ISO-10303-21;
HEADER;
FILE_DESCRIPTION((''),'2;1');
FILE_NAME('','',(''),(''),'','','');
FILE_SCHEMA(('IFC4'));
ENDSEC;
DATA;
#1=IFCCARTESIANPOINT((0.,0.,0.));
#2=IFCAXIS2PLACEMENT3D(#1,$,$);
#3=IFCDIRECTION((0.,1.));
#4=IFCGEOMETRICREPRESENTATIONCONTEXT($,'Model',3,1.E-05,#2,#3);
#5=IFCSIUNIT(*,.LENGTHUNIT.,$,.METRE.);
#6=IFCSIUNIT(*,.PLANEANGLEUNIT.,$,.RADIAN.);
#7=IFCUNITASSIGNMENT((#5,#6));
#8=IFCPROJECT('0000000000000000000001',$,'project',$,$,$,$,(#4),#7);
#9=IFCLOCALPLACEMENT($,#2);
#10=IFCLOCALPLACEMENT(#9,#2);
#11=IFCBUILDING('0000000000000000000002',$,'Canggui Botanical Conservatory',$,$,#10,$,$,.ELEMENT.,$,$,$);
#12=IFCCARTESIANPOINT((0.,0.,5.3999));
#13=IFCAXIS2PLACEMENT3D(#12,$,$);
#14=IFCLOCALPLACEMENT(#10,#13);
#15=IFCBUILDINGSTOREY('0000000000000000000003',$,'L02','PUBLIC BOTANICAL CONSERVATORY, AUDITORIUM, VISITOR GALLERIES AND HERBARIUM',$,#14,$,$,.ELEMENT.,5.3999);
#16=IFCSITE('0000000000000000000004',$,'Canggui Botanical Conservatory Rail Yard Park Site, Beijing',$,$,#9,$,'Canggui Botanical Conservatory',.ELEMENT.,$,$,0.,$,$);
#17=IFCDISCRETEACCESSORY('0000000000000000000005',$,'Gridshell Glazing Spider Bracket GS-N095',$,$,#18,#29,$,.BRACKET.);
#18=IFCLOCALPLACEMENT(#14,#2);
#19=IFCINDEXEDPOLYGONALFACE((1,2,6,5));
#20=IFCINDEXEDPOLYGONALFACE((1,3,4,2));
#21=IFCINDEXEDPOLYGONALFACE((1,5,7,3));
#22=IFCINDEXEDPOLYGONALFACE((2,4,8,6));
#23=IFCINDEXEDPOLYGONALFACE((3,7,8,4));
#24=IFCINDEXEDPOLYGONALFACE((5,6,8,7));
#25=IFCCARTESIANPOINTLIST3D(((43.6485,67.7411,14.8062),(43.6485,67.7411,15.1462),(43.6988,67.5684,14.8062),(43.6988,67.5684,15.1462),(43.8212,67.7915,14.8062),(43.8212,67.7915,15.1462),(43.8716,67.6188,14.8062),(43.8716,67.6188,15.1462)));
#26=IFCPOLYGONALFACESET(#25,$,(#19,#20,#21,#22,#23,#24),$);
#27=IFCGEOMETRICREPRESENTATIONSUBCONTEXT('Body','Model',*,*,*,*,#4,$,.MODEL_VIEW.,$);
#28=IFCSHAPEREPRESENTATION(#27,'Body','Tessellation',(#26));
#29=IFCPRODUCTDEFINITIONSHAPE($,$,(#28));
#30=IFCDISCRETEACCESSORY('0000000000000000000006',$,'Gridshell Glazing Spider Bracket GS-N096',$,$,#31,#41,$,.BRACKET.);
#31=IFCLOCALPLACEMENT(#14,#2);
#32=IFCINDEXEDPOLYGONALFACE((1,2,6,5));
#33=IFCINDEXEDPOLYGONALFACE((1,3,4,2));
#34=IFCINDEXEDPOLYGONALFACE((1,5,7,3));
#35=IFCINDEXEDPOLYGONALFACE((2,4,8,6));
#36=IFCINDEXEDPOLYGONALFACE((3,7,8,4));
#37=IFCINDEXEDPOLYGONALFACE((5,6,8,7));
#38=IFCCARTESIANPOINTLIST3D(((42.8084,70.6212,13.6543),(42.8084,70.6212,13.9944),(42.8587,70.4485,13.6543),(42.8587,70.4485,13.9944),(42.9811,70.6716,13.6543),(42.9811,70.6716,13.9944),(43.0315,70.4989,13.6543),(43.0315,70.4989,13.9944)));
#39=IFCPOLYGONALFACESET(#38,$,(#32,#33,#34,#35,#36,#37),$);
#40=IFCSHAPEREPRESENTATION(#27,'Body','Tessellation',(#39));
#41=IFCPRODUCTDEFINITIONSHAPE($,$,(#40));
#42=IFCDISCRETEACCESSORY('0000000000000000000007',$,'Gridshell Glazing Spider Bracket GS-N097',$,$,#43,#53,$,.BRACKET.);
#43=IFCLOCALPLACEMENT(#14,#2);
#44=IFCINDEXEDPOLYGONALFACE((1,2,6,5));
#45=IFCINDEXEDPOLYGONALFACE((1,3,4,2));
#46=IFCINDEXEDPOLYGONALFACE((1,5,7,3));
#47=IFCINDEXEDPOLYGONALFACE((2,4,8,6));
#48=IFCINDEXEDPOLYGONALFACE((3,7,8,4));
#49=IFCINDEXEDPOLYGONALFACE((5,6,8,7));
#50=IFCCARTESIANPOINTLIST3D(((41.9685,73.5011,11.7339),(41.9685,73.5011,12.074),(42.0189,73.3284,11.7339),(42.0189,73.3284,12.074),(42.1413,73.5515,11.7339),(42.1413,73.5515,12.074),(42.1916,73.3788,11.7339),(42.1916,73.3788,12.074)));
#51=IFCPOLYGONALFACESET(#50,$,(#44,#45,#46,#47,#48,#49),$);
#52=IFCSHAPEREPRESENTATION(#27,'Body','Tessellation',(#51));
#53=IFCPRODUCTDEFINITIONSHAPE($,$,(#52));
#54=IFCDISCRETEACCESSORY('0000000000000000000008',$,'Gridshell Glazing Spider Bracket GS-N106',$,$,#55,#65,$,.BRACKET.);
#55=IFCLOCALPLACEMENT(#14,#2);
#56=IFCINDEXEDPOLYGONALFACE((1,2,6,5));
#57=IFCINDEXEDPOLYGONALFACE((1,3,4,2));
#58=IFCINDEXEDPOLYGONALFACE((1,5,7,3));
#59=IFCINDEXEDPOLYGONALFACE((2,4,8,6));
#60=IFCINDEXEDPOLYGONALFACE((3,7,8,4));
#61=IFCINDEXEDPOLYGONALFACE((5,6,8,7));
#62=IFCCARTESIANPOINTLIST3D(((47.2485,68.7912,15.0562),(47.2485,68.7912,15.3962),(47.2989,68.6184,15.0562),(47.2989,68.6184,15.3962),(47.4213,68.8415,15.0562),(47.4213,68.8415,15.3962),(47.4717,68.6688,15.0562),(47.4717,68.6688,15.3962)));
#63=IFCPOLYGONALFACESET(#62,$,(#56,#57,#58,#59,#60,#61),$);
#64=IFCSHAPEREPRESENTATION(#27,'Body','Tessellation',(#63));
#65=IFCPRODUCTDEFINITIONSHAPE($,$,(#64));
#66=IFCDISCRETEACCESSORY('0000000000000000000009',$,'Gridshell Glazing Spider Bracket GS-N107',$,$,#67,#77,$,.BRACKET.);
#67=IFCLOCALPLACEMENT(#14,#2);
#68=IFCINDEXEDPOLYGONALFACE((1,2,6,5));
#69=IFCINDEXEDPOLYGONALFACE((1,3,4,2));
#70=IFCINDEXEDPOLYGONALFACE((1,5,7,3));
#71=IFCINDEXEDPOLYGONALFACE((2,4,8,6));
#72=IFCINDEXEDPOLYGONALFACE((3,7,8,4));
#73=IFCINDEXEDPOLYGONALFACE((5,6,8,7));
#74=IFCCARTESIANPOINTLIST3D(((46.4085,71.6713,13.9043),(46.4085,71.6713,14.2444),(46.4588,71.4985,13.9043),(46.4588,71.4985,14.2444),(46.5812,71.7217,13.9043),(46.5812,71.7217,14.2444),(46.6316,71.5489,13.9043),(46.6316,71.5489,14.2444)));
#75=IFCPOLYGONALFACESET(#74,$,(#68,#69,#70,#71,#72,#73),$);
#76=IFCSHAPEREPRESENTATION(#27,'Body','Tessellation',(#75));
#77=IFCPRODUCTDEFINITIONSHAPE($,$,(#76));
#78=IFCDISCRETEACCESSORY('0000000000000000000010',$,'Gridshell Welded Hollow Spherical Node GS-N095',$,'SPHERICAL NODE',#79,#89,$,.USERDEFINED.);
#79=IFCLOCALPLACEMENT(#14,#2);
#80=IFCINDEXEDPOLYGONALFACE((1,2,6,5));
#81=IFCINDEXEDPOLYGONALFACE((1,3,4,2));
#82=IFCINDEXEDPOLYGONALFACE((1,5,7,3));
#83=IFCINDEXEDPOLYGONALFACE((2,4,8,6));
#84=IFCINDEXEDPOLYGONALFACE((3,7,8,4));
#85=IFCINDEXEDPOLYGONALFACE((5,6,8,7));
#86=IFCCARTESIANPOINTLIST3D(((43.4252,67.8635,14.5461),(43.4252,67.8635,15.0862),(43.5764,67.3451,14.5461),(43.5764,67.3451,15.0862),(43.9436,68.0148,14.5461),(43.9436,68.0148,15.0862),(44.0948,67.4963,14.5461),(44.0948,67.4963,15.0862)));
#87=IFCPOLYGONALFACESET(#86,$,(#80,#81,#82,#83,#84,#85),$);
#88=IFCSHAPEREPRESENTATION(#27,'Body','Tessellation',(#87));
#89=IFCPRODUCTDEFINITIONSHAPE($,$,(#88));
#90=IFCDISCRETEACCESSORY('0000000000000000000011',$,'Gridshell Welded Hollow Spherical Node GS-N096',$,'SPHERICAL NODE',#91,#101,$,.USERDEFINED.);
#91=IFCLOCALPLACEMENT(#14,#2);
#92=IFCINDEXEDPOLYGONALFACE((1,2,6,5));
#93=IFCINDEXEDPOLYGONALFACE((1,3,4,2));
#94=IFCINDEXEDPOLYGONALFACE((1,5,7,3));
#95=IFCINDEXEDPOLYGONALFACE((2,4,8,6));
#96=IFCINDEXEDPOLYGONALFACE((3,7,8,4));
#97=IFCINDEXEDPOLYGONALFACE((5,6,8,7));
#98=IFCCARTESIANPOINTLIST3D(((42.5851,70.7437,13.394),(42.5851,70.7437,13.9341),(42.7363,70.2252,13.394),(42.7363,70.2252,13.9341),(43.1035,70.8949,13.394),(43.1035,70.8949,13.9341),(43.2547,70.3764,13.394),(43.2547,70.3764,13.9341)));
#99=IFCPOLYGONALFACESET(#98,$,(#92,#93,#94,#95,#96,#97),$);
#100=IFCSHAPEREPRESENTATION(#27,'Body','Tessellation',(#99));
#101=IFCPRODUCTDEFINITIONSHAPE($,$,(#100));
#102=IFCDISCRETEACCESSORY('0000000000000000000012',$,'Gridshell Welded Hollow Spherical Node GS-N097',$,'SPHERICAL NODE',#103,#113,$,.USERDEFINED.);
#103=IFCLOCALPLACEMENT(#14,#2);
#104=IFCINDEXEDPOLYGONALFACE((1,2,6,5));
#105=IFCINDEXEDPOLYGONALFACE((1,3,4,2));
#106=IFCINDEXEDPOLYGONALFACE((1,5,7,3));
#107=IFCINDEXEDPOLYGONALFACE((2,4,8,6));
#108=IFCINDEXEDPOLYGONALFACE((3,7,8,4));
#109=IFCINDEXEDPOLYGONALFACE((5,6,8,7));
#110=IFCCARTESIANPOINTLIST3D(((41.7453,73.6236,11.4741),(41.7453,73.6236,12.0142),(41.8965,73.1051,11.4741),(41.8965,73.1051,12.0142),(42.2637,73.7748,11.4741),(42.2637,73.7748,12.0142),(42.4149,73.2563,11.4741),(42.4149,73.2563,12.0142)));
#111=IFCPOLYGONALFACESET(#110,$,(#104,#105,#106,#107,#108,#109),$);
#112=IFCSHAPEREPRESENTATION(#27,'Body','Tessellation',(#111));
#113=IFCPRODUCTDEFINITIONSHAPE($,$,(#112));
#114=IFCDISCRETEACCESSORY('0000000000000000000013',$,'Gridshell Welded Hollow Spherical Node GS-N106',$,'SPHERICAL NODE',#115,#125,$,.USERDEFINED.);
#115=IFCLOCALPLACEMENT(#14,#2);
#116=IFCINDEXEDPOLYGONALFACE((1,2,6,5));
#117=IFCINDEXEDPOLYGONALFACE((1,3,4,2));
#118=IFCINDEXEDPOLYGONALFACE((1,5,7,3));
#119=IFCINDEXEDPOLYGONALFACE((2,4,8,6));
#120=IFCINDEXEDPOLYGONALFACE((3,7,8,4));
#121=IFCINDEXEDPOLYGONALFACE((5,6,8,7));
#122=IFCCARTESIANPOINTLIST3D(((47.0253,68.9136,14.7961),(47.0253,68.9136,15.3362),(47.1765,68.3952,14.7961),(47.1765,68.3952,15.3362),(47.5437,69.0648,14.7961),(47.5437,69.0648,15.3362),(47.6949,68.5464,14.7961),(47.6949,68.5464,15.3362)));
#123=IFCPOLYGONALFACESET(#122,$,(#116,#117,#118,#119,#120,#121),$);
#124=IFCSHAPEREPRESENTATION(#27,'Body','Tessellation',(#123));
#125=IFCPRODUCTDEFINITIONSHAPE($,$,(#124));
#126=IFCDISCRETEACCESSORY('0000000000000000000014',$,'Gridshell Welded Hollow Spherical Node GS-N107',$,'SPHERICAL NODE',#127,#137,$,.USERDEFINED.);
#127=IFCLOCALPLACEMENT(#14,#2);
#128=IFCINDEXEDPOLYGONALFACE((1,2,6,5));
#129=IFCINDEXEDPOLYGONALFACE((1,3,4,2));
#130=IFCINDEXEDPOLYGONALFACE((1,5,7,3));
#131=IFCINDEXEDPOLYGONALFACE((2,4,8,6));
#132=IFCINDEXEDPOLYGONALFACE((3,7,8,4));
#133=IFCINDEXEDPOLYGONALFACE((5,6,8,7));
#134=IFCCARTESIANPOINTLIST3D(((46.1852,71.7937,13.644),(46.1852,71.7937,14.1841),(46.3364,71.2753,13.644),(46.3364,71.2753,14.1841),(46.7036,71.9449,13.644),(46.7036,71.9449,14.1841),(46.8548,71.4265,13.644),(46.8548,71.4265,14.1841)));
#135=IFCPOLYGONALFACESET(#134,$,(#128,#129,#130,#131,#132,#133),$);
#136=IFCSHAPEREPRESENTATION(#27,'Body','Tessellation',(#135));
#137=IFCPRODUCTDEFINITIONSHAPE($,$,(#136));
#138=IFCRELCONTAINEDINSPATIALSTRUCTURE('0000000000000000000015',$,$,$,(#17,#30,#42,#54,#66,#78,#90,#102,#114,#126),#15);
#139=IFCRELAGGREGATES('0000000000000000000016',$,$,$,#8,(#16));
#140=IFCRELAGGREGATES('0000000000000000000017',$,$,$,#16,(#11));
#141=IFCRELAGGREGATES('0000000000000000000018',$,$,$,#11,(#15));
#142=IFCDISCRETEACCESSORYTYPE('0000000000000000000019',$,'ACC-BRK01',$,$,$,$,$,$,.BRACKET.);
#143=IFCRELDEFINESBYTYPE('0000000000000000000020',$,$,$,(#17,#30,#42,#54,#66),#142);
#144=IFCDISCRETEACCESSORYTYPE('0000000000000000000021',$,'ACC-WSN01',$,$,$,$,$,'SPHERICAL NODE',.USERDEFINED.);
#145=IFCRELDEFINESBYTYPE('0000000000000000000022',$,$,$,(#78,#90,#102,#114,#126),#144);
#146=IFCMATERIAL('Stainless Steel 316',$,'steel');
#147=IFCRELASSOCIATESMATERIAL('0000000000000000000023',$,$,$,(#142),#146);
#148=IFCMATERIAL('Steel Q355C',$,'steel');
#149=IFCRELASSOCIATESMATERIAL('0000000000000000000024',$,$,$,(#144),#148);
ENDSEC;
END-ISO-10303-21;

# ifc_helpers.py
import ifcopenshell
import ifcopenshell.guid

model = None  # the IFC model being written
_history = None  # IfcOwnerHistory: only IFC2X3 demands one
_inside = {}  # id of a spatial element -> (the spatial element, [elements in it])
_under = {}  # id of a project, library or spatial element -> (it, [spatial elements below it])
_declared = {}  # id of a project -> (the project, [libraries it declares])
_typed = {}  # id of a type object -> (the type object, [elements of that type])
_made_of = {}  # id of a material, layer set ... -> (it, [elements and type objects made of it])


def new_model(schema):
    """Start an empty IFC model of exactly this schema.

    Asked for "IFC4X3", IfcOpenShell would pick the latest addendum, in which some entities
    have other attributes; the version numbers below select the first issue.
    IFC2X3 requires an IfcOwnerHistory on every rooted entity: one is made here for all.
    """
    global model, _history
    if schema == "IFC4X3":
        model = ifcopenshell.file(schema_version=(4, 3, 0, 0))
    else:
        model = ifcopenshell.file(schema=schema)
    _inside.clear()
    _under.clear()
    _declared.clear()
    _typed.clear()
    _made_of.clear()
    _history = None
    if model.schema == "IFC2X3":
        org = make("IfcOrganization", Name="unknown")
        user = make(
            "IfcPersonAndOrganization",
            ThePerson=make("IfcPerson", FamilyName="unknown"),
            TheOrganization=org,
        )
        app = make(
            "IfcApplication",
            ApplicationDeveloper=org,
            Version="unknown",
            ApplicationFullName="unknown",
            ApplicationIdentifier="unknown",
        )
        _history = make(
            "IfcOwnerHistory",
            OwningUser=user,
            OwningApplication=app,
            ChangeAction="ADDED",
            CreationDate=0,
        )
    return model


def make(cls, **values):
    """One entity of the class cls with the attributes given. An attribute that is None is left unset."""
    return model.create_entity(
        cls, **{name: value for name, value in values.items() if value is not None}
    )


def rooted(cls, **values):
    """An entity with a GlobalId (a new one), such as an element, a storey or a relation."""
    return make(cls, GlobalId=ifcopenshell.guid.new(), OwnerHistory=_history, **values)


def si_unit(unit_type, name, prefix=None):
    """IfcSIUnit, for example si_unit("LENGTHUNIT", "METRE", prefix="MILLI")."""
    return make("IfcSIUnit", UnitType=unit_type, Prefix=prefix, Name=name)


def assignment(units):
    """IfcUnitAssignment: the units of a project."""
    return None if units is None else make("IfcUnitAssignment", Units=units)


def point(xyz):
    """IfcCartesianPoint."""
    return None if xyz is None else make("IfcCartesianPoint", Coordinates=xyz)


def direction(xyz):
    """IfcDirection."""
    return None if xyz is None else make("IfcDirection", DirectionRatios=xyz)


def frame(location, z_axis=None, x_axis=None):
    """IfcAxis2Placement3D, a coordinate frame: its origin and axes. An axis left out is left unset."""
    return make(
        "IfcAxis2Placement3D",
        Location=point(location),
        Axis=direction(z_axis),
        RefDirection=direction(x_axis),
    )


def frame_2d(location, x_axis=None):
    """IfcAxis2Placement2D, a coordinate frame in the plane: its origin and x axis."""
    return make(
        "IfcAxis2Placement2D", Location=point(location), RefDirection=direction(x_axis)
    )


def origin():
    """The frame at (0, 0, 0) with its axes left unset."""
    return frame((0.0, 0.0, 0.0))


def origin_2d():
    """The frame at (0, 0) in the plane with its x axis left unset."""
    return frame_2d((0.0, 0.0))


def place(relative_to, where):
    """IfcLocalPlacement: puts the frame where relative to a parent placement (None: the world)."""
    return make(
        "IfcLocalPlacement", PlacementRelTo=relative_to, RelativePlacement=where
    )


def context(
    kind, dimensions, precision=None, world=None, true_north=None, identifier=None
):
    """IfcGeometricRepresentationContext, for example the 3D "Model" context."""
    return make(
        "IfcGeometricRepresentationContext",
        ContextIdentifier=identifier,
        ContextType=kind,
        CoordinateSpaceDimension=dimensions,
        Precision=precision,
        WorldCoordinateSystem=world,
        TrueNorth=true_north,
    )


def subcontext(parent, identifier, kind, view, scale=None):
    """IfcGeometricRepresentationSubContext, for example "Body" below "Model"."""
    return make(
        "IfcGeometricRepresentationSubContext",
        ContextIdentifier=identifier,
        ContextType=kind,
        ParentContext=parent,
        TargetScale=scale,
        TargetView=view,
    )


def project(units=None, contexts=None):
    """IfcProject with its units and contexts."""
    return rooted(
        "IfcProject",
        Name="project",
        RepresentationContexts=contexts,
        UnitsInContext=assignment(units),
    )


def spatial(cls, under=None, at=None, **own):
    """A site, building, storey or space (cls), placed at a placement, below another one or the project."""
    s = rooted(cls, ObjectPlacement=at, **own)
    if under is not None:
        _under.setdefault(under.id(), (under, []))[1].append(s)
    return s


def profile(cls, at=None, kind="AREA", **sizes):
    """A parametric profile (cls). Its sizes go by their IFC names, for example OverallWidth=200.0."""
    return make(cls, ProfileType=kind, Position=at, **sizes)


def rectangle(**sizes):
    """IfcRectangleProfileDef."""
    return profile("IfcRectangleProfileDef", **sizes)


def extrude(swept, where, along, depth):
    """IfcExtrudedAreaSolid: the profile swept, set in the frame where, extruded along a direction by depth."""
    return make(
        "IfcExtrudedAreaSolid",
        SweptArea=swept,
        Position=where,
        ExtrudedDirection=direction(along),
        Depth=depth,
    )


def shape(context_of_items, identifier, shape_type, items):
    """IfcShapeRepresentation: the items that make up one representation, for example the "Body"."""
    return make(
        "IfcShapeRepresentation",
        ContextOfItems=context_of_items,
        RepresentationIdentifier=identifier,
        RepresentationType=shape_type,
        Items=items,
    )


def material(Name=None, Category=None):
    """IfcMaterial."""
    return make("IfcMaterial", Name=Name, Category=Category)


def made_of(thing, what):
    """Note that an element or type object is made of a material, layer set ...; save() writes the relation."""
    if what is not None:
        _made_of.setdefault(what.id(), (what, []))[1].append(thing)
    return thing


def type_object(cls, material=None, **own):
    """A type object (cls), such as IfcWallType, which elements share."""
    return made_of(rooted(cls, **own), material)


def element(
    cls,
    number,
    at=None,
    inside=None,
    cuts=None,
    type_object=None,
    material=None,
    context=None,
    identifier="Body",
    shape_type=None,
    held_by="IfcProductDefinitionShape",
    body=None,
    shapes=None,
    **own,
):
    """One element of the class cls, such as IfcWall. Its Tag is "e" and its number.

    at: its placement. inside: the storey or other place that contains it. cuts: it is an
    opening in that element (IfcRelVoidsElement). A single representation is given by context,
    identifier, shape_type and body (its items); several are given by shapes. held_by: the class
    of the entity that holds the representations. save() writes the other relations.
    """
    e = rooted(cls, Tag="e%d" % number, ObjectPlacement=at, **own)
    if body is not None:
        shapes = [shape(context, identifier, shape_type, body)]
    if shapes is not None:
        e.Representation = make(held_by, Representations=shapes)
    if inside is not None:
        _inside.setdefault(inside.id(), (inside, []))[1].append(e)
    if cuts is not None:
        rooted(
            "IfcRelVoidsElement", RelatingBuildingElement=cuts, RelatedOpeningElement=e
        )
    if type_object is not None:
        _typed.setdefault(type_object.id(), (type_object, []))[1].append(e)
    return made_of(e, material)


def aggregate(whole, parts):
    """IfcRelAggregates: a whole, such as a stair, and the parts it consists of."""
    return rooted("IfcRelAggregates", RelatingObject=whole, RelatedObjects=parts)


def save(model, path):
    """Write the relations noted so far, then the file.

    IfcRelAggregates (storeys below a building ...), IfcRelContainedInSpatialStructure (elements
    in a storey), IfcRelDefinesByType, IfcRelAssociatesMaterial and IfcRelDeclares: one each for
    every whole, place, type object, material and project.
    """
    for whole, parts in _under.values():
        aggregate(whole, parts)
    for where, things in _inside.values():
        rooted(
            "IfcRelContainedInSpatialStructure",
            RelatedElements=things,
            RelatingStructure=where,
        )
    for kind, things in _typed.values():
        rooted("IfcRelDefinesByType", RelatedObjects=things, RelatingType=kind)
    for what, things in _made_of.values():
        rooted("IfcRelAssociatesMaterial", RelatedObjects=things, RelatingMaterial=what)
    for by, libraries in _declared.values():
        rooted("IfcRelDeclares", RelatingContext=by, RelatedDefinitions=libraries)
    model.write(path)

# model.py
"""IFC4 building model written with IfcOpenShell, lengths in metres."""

from ifc_helpers import new_model, si_unit, direction, frame, origin, origin_2d, place, context, subcontext, project, spatial, rectangle, extrude, material, type_object, element, save


model = new_model("IFC4")

# Units and contexts
model_context = context("Model", 3, precision=1e-05, world=origin(), true_north=direction((0.0, 1.0)))
body_context = subcontext(model_context, "Body", "Model", "MODEL_VIEW")
ifc_project = project(units=[si_unit("LENGTHUNIT", "METRE"), si_unit("PLANEANGLEUNIT", "RADIAN")], contexts=[model_context])

# Site, building, storey
site_placement = place(None, origin())
site = spatial("IfcSite", under=ifc_project, at=site_placement, Name="Canggui Botanical Conservatory Rail Yard Park Site, Beijing", LongName="Canggui Botanical Conservatory", CompositionType="ELEMENT", RefElevation=0.0)
building_placement = place(site_placement, origin())
building = spatial("IfcBuilding", under=site, at=building_placement, Name="Canggui Botanical Conservatory", CompositionType="ELEMENT")
storey_placement = place(building_placement, frame((0.0, 0.0, 5.3999)))
storey = spatial("IfcBuildingStorey", under=building, at=storey_placement, Name="L02", Description="PUBLIC BOTANICAL CONSERVATORY, AUDITORIUM, VISITOR GALLERIES AND HERBARIUM", CompositionType="ELEMENT", Elevation=5.3999)

# Shared definitions
ifc_material_1 = material(Name="Steel Q355C", Category="steel")

# Discrete accessories
ifc_material_2 = material(Name="Stainless Steel 316", Category="steel")
discrete_accessory_type_1 = type_object("IfcDiscreteAccessoryType", Name="ACC-BRK01", PredefinedType="BRACKET", material=ifc_material_2)
for number, where, z_axis, x_axis, name in (
    (1, (43.76, 67.6799, 14.8062), (0.0, 0.0, 1.0), (0.96, 0.28, 0.0), "Gridshell Glazing Spider Bracket GS-N095"),
    (2, (42.9199, 70.5601, 13.6543), (0.0, 0.0, 1.0), (0.96, 0.28, 0.0), "Gridshell Glazing Spider Bracket GS-N096"),
    (3, (42.0801, 73.4399, 11.7339), (0.0, 0.0, 1.0), (0.96, 0.28, 0.0), "Gridshell Glazing Spider Bracket GS-N097"),
    (4, (47.3601, 68.73, 15.0562), (0.0, 0.0, 1.0), (0.96, 0.28, 0.0), "Gridshell Glazing Spider Bracket GS-N106"),
    (5, (46.52, 71.6101, 13.9043), (0.0, 0.0, 1.0), (0.96, 0.28, 0.0), "Gridshell Glazing Spider Bracket GS-N107"),
):
    element("IfcDiscreteAccessory", number, at=place(storey_placement, frame(where, z_axis=z_axis, x_axis=x_axis)), inside=storey, type_object=discrete_accessory_type_1, Name=name, PredefinedType="BRACKET", context=body_context, shape_type="SweptSolid", body=[
        extrude(rectangle(XDim=0.1799, YDim=0.1799, at=origin_2d()), origin(), (0.0, 0.0, 1.0), 0.3401),
    ])
discrete_accessory_type_2 = type_object("IfcDiscreteAccessoryType", Name="ACC-WSN01", ElementType="SPHERICAL NODE", PredefinedType="USERDEFINED", material=ifc_material_1)
for number, where, z_axis, x_axis, name in (
    (6, (43.76, 67.6799, 14.5461), (0.0, 0.0, 1.0), (0.96, 0.28, 0.0), "Gridshell Welded Hollow Spherical Node GS-N095"),
    (7, (42.9199, 70.5601, 13.394), (0.0, 0.0, 1.0), (0.96, 0.28, 0.0), "Gridshell Welded Hollow Spherical Node GS-N096"),
    (8, (42.0801, 73.4399, 11.4741), (0.0, 0.0, 1.0), (0.96, 0.28, 0.0), "Gridshell Welded Hollow Spherical Node GS-N097"),
    (9, (47.3601, 68.73, 14.7961), (0.0, 0.0, 1.0), (0.96, 0.28, 0.0), "Gridshell Welded Hollow Spherical Node GS-N106"),
    (10, (46.52, 71.6101, 13.644), (0.0, 0.0, 1.0), (0.96, 0.28, 0.0), "Gridshell Welded Hollow Spherical Node GS-N107"),
):
    element("IfcDiscreteAccessory", number, at=place(storey_placement, frame(where, z_axis=z_axis, x_axis=x_axis)), inside=storey, type_object=discrete_accessory_type_2, Name=name, ObjectType="SPHERICAL NODE", PredefinedType="USERDEFINED", context=body_context, shape_type="SweptSolid", body=[
        extrude(rectangle(XDim=0.54, YDim=0.54, at=origin_2d()), origin(), (0.0, 0.0, 1.0), 0.54),
    ])

save(model, "model.ifc")
